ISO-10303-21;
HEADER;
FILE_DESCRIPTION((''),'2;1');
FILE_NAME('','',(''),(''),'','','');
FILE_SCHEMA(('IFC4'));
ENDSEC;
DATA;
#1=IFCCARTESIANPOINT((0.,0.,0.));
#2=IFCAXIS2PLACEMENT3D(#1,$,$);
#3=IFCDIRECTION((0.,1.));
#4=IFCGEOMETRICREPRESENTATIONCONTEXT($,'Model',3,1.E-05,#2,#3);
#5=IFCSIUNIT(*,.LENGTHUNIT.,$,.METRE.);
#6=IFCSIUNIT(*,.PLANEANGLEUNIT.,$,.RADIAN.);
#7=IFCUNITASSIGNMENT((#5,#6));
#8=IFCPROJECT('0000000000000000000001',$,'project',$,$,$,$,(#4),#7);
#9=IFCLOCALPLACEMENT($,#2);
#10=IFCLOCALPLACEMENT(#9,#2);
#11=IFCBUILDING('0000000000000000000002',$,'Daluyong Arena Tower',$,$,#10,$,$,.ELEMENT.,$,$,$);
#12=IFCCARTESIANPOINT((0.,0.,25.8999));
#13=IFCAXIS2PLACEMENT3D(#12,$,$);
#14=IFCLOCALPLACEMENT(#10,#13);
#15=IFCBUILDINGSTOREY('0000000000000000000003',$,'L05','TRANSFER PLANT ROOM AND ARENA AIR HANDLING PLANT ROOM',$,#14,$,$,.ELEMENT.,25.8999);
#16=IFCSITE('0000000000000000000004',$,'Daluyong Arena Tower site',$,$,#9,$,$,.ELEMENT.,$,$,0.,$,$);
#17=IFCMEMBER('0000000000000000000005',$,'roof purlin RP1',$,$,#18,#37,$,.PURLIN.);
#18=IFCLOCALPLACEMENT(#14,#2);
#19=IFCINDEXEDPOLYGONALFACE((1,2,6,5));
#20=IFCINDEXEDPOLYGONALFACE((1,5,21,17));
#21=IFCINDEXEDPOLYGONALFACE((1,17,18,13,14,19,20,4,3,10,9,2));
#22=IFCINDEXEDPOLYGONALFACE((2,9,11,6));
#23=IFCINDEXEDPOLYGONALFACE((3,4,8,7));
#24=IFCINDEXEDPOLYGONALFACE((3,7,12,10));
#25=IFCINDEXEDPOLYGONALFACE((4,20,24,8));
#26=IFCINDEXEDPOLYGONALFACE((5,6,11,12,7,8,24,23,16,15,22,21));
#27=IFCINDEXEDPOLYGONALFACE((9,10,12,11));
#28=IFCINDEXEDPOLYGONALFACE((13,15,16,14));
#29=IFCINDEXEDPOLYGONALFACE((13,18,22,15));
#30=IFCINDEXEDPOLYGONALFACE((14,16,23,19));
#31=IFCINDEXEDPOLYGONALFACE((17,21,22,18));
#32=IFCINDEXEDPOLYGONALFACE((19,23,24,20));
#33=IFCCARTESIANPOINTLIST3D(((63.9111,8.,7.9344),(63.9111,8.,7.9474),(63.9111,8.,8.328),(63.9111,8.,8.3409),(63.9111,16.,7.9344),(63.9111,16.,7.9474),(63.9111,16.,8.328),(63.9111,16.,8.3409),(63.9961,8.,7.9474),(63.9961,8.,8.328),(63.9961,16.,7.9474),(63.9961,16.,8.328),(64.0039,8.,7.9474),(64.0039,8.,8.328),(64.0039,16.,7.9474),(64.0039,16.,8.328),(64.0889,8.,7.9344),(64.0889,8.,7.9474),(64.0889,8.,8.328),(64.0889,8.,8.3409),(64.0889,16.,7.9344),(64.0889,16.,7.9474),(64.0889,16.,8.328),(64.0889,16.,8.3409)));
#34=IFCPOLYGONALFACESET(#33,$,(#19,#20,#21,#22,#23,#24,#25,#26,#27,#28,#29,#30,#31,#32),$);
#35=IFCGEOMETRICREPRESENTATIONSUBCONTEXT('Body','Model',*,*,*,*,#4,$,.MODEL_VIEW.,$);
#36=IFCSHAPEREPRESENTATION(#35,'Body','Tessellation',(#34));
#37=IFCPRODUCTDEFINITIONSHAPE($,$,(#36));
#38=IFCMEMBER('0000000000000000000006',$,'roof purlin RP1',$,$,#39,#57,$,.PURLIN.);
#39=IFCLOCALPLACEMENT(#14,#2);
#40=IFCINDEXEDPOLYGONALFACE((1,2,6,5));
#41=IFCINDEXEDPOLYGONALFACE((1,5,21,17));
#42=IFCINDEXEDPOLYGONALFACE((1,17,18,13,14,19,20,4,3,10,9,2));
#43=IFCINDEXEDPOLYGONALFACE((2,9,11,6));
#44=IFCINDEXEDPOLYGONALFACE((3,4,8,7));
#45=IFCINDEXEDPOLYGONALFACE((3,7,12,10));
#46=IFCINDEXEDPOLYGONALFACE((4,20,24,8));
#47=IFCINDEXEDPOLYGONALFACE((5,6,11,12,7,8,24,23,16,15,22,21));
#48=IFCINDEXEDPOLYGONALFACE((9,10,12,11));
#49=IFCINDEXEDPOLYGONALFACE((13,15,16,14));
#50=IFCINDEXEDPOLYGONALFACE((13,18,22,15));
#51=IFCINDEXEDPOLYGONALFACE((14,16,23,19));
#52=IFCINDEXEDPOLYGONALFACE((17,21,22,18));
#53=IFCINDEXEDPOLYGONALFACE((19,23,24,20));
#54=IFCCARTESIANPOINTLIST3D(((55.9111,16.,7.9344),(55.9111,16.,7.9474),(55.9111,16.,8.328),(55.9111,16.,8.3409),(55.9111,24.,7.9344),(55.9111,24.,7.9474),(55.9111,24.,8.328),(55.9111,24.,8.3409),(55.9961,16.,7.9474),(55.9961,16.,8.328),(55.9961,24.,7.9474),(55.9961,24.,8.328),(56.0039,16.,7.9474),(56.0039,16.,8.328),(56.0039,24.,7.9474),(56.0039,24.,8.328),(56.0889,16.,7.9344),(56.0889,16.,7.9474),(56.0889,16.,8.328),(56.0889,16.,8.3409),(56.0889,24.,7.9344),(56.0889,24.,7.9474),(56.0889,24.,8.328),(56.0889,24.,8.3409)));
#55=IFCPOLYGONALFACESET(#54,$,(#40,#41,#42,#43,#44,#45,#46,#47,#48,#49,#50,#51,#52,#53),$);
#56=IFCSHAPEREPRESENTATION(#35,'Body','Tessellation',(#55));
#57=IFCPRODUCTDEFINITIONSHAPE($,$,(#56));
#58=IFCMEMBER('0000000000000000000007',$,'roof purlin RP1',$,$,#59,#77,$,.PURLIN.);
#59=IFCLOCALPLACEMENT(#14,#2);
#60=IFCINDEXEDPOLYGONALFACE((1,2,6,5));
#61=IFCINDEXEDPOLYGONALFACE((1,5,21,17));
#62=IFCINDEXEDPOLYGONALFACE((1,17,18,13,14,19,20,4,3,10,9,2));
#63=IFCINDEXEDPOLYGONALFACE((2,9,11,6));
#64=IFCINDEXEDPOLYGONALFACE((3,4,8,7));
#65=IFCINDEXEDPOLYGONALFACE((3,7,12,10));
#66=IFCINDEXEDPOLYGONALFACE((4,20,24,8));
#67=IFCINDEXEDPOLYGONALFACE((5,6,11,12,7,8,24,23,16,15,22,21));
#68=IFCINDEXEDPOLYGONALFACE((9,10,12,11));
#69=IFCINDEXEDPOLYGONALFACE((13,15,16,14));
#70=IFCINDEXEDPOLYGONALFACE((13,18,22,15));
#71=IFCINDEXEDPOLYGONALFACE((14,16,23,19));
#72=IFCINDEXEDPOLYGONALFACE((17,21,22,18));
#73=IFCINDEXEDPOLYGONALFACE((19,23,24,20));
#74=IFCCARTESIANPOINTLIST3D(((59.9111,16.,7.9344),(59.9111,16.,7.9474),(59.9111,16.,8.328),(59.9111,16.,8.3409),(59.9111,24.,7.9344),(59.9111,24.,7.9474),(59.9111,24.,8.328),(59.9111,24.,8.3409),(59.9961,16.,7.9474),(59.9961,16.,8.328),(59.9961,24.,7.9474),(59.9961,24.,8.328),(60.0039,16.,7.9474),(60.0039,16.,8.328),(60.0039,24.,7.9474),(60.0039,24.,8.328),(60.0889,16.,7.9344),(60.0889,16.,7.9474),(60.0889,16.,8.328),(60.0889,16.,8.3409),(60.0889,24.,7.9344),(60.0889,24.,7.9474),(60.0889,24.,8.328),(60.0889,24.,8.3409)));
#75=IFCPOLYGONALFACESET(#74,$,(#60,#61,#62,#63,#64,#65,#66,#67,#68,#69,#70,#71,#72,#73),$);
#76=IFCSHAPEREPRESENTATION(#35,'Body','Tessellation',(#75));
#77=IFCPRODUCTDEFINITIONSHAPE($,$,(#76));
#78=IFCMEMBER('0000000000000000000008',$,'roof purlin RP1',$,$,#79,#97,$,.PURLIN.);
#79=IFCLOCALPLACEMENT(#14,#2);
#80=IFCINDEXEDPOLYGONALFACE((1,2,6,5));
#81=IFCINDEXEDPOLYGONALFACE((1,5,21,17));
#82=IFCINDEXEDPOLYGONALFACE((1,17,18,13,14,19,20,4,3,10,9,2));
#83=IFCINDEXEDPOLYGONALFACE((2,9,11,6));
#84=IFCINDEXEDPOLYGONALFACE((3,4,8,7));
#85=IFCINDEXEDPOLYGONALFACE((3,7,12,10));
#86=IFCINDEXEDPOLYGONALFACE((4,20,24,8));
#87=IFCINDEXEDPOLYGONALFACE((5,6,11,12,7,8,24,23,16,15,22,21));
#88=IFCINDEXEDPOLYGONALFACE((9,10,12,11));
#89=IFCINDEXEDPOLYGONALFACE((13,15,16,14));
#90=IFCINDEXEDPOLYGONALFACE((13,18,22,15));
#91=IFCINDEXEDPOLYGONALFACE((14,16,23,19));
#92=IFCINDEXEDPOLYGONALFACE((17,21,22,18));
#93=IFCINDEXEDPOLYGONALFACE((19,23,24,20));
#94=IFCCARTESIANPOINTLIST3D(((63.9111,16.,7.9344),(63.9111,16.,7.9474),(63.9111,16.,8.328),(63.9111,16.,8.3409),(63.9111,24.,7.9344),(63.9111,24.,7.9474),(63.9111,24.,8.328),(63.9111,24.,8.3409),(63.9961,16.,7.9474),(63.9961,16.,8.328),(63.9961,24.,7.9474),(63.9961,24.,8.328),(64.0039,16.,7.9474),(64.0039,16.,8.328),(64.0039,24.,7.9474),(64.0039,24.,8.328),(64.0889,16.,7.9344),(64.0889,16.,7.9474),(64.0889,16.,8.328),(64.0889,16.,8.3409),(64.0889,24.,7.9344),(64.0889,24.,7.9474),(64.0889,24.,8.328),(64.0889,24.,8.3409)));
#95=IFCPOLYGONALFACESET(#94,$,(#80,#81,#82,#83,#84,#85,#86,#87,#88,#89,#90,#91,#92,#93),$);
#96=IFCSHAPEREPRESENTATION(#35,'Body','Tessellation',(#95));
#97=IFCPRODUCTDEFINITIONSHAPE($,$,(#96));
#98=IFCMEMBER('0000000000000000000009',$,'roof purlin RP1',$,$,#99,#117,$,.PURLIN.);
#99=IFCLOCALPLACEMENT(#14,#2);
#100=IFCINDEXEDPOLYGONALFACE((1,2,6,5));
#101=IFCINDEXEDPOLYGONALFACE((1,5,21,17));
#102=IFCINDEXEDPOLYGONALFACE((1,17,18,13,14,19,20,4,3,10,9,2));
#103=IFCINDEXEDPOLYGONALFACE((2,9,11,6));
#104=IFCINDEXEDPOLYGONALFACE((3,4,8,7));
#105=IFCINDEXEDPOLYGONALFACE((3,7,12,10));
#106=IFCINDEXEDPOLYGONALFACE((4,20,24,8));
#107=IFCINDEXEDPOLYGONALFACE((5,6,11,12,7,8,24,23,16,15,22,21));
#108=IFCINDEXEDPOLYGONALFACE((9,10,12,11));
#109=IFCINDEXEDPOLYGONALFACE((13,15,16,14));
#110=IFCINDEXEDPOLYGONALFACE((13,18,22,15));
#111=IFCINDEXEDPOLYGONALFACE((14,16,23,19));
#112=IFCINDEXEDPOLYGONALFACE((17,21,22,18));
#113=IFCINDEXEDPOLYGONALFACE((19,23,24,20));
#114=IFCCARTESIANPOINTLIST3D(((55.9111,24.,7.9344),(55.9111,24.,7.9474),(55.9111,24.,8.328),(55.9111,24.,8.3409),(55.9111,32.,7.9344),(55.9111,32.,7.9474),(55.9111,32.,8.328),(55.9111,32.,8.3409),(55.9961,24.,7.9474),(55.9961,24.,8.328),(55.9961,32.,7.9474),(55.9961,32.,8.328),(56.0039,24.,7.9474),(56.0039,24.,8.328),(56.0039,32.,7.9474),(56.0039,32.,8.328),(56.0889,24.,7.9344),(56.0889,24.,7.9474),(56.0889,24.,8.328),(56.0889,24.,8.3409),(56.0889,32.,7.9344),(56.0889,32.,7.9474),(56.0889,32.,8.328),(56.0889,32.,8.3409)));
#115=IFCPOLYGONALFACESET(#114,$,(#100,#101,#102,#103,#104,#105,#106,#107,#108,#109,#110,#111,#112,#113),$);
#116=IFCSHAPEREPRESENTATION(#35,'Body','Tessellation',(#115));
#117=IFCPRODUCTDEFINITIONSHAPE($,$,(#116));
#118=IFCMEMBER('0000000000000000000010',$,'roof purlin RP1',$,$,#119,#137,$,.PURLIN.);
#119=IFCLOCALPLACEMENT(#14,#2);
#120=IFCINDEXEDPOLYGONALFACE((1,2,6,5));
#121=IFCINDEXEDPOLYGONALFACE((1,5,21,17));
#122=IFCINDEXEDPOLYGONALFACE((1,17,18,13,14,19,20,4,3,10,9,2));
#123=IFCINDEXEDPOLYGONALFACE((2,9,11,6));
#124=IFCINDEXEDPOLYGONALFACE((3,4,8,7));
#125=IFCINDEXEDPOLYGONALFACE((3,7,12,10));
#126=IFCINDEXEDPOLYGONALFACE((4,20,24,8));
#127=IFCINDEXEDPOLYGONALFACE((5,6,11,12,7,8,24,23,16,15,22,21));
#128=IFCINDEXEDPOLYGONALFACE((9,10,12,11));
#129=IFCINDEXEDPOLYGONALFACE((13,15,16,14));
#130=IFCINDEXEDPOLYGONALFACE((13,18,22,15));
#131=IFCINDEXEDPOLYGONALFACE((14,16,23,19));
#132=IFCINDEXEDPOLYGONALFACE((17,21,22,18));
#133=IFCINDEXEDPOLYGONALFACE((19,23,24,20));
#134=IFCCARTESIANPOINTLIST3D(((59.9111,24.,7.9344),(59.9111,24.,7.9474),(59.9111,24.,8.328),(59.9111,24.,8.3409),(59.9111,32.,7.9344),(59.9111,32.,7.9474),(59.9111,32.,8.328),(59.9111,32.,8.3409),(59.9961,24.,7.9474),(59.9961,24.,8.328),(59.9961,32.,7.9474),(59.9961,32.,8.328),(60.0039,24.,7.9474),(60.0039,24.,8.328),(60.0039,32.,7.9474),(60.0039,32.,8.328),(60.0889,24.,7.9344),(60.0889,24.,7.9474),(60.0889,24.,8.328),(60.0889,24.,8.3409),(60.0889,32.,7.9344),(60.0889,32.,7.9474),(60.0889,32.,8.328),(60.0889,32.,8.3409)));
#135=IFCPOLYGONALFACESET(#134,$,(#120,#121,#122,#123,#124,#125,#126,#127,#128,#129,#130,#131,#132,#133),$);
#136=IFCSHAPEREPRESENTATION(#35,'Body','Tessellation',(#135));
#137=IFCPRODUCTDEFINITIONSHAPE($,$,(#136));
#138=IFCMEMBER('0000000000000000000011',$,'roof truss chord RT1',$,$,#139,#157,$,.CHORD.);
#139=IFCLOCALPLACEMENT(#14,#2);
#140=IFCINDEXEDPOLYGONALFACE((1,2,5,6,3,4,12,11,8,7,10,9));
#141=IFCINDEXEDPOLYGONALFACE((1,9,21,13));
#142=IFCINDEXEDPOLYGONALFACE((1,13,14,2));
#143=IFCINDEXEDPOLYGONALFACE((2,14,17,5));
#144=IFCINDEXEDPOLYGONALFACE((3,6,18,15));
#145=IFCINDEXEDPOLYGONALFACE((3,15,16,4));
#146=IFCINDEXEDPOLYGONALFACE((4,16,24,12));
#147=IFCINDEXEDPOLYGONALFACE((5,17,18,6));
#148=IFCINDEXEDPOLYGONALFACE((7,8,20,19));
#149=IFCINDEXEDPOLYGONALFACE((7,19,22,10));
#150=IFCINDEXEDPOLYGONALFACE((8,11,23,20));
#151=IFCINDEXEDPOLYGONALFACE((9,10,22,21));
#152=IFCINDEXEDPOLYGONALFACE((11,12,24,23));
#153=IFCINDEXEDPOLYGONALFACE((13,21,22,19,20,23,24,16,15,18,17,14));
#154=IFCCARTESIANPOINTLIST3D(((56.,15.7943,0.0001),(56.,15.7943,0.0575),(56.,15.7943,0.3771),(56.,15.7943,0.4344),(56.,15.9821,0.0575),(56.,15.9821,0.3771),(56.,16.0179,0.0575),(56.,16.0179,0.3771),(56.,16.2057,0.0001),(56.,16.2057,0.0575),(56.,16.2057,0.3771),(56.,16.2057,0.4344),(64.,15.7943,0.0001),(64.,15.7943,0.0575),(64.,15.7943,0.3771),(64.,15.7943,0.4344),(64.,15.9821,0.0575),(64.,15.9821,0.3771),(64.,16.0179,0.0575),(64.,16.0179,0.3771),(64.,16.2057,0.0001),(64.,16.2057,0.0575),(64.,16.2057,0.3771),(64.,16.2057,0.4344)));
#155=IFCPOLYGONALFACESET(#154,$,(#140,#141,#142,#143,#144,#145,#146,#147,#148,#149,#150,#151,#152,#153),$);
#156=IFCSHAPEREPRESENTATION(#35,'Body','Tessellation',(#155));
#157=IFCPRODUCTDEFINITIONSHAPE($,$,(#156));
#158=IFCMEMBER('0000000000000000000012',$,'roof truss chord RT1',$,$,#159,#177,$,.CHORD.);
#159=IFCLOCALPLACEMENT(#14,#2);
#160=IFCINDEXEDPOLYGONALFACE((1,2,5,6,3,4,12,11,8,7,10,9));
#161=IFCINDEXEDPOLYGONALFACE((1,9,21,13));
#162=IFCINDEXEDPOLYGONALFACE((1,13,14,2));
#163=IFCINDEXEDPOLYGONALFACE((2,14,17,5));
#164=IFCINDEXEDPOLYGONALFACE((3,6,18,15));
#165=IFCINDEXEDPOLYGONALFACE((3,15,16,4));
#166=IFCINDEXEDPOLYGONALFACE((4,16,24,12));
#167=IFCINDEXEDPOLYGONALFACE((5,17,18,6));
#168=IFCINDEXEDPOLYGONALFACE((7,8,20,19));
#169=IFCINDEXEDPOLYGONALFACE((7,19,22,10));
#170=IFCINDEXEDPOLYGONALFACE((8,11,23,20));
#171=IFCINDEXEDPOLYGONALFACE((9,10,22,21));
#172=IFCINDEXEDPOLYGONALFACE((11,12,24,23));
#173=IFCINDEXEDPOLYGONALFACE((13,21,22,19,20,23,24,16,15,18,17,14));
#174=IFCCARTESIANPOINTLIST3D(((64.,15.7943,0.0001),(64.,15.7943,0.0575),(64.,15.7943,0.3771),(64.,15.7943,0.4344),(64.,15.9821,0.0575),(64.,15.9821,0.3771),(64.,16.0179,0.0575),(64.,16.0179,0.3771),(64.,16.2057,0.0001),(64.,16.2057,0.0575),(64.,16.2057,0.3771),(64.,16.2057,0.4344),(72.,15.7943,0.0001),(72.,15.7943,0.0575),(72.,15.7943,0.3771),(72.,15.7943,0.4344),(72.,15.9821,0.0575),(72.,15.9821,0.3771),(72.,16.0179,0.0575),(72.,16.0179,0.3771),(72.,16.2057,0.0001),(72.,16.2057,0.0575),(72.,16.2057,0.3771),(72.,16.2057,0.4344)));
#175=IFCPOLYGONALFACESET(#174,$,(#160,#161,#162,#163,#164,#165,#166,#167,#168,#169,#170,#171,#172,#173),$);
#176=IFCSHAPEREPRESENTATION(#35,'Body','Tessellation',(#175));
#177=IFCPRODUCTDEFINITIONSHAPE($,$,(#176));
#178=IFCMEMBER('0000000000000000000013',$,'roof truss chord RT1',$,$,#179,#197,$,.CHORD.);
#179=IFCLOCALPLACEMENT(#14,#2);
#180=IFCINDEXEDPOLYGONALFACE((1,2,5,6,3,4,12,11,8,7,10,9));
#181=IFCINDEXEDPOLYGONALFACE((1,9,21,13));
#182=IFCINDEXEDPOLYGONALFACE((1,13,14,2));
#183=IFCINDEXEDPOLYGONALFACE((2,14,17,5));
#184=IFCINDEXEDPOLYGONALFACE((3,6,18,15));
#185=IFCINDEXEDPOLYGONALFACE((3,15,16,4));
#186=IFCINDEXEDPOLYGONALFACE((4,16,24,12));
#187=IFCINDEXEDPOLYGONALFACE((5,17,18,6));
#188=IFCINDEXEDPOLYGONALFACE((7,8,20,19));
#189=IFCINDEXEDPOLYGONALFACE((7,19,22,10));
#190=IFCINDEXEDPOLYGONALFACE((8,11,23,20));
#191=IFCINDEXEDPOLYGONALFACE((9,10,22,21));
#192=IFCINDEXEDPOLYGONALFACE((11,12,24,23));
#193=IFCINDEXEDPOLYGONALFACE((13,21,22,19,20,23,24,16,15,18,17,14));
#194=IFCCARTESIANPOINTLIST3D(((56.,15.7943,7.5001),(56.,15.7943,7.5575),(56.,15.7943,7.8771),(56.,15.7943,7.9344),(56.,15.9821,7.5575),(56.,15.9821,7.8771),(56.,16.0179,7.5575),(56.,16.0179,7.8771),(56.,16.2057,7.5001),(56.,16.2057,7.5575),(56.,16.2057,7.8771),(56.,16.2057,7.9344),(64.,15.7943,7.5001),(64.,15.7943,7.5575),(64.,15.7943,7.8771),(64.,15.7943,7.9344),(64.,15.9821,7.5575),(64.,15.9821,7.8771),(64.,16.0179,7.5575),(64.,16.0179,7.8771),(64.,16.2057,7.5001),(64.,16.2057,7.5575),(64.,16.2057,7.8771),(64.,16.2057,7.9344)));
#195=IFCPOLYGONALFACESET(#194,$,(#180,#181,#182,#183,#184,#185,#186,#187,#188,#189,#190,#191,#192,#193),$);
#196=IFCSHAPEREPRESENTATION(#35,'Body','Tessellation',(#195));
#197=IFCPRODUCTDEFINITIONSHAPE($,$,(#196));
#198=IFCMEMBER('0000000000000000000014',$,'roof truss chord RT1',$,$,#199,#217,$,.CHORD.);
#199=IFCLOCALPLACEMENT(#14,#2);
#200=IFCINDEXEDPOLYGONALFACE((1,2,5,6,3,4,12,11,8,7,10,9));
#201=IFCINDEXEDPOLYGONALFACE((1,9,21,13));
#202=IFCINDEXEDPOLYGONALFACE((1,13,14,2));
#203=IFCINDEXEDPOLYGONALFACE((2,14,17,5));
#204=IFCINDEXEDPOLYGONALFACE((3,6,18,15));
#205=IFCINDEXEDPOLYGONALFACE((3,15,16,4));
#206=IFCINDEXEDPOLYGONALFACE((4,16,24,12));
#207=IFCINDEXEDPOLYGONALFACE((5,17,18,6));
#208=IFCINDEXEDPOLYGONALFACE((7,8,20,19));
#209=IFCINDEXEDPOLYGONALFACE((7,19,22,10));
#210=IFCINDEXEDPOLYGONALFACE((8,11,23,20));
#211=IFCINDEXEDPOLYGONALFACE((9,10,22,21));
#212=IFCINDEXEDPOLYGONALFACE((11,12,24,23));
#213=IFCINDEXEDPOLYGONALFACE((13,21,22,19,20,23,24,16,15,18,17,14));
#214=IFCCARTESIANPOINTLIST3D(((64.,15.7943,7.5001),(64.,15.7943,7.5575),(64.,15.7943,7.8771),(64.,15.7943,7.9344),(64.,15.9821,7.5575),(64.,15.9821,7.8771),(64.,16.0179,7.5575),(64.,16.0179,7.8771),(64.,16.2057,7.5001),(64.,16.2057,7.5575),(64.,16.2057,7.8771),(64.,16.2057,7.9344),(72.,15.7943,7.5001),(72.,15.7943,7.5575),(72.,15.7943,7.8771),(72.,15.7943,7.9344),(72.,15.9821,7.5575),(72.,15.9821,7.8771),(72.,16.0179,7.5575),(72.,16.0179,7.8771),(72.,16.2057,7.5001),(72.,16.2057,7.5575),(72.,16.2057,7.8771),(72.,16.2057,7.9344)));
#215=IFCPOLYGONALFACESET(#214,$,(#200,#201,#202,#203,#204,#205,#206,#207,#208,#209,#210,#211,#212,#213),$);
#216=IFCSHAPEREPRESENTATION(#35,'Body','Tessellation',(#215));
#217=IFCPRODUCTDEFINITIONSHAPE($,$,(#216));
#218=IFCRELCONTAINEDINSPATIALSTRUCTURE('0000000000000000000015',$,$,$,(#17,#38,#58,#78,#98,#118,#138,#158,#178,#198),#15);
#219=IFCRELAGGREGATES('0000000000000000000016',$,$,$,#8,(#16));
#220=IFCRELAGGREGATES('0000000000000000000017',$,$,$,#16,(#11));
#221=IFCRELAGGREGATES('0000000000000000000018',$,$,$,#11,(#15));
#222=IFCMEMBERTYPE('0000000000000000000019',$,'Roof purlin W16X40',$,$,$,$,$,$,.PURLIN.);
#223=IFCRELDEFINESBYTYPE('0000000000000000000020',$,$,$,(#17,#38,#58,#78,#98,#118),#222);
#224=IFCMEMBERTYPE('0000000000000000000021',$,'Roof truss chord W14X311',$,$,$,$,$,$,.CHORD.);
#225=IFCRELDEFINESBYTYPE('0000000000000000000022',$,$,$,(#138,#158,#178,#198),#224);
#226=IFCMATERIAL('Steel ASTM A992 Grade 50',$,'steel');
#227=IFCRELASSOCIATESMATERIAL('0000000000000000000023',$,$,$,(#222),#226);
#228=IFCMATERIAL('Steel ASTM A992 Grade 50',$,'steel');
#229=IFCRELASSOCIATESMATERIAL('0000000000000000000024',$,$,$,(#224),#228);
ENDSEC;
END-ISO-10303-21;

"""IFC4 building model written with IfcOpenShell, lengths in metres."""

from ifc_helpers import new_model, si_unit, direction, frame, origin, origin_2d, place, context, subcontext, project, spatial, i_section, extrude, material, material_profile, profile_set, type_object, element, save


model = new_model("IFC4")

# Units and contexts
model_context = context("Model", 3, precision=1e-05, world=origin(), true_north=direction((0.0, 1.0)))
body_context = subcontext(model_context, "Body", "Model", "MODEL_VIEW")
ifc_project = project(units=[si_unit("LENGTHUNIT", "METRE"), si_unit("PLANEANGLEUNIT", "RADIAN")], contexts=[model_context])

# Site, building, storey
site_placement = place(None, origin())
site = spatial("IfcSite", under=ifc_project, at=site_placement, Name="Daluyong Arena Tower site", CompositionType="ELEMENT", RefElevation=0.0)
building_placement = place(site_placement, origin())
building = spatial("IfcBuilding", under=site, at=building_placement, Name="Daluyong Arena Tower", CompositionType="ELEMENT")
storey_placement = place(building_placement, frame((0.0, 0.0, 25.8999)))
storey = spatial("IfcBuildingStorey", under=building, at=storey_placement, Name="L05", Description="TRANSFER PLANT ROOM AND ARENA AIR HANDLING PLANT ROOM", CompositionType="ELEMENT", Elevation=25.8999)

# Members
ifc_material_1 = material(Name="Steel ASTM A992 Grade 50", Category="steel")
ifc_material_profile_1 = material_profile(ifc_material_1, i_section(OverallWidth=0.1777, OverallDepth=0.4065, WebThickness=0.0078, FlangeThickness=0.0129, at=origin_2d()))
ifc_profile_set_1 = profile_set([ifc_material_profile_1], Name="Steel ASTM A992 Grade 50")
member_type_1 = type_object("IfcMemberType", Name="Roof purlin W16X40", PredefinedType="PURLIN", material=ifc_profile_set_1)
for number, where, z_axis, x_axis, name in (
    (1, (64.0, 8.0, 8.1377), (0.0, 1.0, 0.0), (-1.0, 0.0, 0.0), "roof purlin RP1"),
    (2, (56.0, 16.0, 8.1377), (0.0, 1.0, 0.0), (-1.0, 0.0, 0.0), "roof purlin RP1"),
    (3, (60.0, 16.0, 8.1377), (0.0, 1.0, 0.0), (-1.0, 0.0, 0.0), "roof purlin RP1"),
    (4, (64.0, 16.0, 8.1377), (0.0, 1.0, 0.0), (-1.0, 0.0, 0.0), "roof purlin RP1"),
    (5, (56.0, 24.0, 8.1377), (0.0, 1.0, 0.0), (-1.0, 0.0, 0.0), "roof purlin RP1"),
    (6, (60.0, 24.0, 8.1377), (0.0, 1.0, 0.0), (-1.0, 0.0, 0.0), "roof purlin RP1"),
):
    element("IfcMember", number, at=place(storey_placement, frame(where, z_axis=z_axis, x_axis=x_axis)), inside=storey, type_object=member_type_1, Name=name, PredefinedType="PURLIN", context=body_context, shape_type="SweptSolid", body=[
        extrude(i_section(OverallWidth=0.1777, OverallDepth=0.4065, WebThickness=0.0078, FlangeThickness=0.0129, at=origin_2d()), origin(), (0.0, 0.0, 1.0), 8.0),
    ])
ifc_material_2 = material(Name="Steel ASTM A992 Grade 50", Category="steel")
ifc_material_profile_2 = material_profile(ifc_material_2, i_section(OverallWidth=0.4114, OverallDepth=0.4343, WebThickness=0.0359, FlangeThickness=0.0574, at=origin_2d()))
ifc_profile_set_2 = profile_set([ifc_material_profile_2], Name="Steel ASTM A992 Grade 50")
member_type_2 = type_object("IfcMemberType", Name="Roof truss chord W14X311", PredefinedType="CHORD", material=ifc_profile_set_2)
for number, where, z_axis, x_axis, name in (
    (7, (56.0, 16.0, 0.2173), (1.0, 0.0, 0.0), (0.0, 1.0, 0.0), "roof truss chord RT1"),
    (8, (64.0, 16.0, 0.2173), (1.0, 0.0, 0.0), (0.0, 1.0, 0.0), "roof truss chord RT1"),
    (9, (56.0, 16.0, 7.7173), (1.0, 0.0, 0.0), (0.0, 1.0, 0.0), "roof truss chord RT1"),
    (10, (64.0, 16.0, 7.7173), (1.0, 0.0, 0.0), (0.0, 1.0, 0.0), "roof truss chord RT1"),
):
    element("IfcMember", number, at=place(storey_placement, frame(where, z_axis=z_axis, x_axis=x_axis)), inside=storey, type_object=member_type_2, Name=name, PredefinedType="CHORD", context=body_context, shape_type="SweptSolid", body=[
        extrude(i_section(OverallWidth=0.4114, OverallDepth=0.4343, WebThickness=0.0359, FlangeThickness=0.0574, at=origin_2d()), origin(), (0.0, 0.0, 1.0), 8.0),
    ])

save(model, "model.ifc")
